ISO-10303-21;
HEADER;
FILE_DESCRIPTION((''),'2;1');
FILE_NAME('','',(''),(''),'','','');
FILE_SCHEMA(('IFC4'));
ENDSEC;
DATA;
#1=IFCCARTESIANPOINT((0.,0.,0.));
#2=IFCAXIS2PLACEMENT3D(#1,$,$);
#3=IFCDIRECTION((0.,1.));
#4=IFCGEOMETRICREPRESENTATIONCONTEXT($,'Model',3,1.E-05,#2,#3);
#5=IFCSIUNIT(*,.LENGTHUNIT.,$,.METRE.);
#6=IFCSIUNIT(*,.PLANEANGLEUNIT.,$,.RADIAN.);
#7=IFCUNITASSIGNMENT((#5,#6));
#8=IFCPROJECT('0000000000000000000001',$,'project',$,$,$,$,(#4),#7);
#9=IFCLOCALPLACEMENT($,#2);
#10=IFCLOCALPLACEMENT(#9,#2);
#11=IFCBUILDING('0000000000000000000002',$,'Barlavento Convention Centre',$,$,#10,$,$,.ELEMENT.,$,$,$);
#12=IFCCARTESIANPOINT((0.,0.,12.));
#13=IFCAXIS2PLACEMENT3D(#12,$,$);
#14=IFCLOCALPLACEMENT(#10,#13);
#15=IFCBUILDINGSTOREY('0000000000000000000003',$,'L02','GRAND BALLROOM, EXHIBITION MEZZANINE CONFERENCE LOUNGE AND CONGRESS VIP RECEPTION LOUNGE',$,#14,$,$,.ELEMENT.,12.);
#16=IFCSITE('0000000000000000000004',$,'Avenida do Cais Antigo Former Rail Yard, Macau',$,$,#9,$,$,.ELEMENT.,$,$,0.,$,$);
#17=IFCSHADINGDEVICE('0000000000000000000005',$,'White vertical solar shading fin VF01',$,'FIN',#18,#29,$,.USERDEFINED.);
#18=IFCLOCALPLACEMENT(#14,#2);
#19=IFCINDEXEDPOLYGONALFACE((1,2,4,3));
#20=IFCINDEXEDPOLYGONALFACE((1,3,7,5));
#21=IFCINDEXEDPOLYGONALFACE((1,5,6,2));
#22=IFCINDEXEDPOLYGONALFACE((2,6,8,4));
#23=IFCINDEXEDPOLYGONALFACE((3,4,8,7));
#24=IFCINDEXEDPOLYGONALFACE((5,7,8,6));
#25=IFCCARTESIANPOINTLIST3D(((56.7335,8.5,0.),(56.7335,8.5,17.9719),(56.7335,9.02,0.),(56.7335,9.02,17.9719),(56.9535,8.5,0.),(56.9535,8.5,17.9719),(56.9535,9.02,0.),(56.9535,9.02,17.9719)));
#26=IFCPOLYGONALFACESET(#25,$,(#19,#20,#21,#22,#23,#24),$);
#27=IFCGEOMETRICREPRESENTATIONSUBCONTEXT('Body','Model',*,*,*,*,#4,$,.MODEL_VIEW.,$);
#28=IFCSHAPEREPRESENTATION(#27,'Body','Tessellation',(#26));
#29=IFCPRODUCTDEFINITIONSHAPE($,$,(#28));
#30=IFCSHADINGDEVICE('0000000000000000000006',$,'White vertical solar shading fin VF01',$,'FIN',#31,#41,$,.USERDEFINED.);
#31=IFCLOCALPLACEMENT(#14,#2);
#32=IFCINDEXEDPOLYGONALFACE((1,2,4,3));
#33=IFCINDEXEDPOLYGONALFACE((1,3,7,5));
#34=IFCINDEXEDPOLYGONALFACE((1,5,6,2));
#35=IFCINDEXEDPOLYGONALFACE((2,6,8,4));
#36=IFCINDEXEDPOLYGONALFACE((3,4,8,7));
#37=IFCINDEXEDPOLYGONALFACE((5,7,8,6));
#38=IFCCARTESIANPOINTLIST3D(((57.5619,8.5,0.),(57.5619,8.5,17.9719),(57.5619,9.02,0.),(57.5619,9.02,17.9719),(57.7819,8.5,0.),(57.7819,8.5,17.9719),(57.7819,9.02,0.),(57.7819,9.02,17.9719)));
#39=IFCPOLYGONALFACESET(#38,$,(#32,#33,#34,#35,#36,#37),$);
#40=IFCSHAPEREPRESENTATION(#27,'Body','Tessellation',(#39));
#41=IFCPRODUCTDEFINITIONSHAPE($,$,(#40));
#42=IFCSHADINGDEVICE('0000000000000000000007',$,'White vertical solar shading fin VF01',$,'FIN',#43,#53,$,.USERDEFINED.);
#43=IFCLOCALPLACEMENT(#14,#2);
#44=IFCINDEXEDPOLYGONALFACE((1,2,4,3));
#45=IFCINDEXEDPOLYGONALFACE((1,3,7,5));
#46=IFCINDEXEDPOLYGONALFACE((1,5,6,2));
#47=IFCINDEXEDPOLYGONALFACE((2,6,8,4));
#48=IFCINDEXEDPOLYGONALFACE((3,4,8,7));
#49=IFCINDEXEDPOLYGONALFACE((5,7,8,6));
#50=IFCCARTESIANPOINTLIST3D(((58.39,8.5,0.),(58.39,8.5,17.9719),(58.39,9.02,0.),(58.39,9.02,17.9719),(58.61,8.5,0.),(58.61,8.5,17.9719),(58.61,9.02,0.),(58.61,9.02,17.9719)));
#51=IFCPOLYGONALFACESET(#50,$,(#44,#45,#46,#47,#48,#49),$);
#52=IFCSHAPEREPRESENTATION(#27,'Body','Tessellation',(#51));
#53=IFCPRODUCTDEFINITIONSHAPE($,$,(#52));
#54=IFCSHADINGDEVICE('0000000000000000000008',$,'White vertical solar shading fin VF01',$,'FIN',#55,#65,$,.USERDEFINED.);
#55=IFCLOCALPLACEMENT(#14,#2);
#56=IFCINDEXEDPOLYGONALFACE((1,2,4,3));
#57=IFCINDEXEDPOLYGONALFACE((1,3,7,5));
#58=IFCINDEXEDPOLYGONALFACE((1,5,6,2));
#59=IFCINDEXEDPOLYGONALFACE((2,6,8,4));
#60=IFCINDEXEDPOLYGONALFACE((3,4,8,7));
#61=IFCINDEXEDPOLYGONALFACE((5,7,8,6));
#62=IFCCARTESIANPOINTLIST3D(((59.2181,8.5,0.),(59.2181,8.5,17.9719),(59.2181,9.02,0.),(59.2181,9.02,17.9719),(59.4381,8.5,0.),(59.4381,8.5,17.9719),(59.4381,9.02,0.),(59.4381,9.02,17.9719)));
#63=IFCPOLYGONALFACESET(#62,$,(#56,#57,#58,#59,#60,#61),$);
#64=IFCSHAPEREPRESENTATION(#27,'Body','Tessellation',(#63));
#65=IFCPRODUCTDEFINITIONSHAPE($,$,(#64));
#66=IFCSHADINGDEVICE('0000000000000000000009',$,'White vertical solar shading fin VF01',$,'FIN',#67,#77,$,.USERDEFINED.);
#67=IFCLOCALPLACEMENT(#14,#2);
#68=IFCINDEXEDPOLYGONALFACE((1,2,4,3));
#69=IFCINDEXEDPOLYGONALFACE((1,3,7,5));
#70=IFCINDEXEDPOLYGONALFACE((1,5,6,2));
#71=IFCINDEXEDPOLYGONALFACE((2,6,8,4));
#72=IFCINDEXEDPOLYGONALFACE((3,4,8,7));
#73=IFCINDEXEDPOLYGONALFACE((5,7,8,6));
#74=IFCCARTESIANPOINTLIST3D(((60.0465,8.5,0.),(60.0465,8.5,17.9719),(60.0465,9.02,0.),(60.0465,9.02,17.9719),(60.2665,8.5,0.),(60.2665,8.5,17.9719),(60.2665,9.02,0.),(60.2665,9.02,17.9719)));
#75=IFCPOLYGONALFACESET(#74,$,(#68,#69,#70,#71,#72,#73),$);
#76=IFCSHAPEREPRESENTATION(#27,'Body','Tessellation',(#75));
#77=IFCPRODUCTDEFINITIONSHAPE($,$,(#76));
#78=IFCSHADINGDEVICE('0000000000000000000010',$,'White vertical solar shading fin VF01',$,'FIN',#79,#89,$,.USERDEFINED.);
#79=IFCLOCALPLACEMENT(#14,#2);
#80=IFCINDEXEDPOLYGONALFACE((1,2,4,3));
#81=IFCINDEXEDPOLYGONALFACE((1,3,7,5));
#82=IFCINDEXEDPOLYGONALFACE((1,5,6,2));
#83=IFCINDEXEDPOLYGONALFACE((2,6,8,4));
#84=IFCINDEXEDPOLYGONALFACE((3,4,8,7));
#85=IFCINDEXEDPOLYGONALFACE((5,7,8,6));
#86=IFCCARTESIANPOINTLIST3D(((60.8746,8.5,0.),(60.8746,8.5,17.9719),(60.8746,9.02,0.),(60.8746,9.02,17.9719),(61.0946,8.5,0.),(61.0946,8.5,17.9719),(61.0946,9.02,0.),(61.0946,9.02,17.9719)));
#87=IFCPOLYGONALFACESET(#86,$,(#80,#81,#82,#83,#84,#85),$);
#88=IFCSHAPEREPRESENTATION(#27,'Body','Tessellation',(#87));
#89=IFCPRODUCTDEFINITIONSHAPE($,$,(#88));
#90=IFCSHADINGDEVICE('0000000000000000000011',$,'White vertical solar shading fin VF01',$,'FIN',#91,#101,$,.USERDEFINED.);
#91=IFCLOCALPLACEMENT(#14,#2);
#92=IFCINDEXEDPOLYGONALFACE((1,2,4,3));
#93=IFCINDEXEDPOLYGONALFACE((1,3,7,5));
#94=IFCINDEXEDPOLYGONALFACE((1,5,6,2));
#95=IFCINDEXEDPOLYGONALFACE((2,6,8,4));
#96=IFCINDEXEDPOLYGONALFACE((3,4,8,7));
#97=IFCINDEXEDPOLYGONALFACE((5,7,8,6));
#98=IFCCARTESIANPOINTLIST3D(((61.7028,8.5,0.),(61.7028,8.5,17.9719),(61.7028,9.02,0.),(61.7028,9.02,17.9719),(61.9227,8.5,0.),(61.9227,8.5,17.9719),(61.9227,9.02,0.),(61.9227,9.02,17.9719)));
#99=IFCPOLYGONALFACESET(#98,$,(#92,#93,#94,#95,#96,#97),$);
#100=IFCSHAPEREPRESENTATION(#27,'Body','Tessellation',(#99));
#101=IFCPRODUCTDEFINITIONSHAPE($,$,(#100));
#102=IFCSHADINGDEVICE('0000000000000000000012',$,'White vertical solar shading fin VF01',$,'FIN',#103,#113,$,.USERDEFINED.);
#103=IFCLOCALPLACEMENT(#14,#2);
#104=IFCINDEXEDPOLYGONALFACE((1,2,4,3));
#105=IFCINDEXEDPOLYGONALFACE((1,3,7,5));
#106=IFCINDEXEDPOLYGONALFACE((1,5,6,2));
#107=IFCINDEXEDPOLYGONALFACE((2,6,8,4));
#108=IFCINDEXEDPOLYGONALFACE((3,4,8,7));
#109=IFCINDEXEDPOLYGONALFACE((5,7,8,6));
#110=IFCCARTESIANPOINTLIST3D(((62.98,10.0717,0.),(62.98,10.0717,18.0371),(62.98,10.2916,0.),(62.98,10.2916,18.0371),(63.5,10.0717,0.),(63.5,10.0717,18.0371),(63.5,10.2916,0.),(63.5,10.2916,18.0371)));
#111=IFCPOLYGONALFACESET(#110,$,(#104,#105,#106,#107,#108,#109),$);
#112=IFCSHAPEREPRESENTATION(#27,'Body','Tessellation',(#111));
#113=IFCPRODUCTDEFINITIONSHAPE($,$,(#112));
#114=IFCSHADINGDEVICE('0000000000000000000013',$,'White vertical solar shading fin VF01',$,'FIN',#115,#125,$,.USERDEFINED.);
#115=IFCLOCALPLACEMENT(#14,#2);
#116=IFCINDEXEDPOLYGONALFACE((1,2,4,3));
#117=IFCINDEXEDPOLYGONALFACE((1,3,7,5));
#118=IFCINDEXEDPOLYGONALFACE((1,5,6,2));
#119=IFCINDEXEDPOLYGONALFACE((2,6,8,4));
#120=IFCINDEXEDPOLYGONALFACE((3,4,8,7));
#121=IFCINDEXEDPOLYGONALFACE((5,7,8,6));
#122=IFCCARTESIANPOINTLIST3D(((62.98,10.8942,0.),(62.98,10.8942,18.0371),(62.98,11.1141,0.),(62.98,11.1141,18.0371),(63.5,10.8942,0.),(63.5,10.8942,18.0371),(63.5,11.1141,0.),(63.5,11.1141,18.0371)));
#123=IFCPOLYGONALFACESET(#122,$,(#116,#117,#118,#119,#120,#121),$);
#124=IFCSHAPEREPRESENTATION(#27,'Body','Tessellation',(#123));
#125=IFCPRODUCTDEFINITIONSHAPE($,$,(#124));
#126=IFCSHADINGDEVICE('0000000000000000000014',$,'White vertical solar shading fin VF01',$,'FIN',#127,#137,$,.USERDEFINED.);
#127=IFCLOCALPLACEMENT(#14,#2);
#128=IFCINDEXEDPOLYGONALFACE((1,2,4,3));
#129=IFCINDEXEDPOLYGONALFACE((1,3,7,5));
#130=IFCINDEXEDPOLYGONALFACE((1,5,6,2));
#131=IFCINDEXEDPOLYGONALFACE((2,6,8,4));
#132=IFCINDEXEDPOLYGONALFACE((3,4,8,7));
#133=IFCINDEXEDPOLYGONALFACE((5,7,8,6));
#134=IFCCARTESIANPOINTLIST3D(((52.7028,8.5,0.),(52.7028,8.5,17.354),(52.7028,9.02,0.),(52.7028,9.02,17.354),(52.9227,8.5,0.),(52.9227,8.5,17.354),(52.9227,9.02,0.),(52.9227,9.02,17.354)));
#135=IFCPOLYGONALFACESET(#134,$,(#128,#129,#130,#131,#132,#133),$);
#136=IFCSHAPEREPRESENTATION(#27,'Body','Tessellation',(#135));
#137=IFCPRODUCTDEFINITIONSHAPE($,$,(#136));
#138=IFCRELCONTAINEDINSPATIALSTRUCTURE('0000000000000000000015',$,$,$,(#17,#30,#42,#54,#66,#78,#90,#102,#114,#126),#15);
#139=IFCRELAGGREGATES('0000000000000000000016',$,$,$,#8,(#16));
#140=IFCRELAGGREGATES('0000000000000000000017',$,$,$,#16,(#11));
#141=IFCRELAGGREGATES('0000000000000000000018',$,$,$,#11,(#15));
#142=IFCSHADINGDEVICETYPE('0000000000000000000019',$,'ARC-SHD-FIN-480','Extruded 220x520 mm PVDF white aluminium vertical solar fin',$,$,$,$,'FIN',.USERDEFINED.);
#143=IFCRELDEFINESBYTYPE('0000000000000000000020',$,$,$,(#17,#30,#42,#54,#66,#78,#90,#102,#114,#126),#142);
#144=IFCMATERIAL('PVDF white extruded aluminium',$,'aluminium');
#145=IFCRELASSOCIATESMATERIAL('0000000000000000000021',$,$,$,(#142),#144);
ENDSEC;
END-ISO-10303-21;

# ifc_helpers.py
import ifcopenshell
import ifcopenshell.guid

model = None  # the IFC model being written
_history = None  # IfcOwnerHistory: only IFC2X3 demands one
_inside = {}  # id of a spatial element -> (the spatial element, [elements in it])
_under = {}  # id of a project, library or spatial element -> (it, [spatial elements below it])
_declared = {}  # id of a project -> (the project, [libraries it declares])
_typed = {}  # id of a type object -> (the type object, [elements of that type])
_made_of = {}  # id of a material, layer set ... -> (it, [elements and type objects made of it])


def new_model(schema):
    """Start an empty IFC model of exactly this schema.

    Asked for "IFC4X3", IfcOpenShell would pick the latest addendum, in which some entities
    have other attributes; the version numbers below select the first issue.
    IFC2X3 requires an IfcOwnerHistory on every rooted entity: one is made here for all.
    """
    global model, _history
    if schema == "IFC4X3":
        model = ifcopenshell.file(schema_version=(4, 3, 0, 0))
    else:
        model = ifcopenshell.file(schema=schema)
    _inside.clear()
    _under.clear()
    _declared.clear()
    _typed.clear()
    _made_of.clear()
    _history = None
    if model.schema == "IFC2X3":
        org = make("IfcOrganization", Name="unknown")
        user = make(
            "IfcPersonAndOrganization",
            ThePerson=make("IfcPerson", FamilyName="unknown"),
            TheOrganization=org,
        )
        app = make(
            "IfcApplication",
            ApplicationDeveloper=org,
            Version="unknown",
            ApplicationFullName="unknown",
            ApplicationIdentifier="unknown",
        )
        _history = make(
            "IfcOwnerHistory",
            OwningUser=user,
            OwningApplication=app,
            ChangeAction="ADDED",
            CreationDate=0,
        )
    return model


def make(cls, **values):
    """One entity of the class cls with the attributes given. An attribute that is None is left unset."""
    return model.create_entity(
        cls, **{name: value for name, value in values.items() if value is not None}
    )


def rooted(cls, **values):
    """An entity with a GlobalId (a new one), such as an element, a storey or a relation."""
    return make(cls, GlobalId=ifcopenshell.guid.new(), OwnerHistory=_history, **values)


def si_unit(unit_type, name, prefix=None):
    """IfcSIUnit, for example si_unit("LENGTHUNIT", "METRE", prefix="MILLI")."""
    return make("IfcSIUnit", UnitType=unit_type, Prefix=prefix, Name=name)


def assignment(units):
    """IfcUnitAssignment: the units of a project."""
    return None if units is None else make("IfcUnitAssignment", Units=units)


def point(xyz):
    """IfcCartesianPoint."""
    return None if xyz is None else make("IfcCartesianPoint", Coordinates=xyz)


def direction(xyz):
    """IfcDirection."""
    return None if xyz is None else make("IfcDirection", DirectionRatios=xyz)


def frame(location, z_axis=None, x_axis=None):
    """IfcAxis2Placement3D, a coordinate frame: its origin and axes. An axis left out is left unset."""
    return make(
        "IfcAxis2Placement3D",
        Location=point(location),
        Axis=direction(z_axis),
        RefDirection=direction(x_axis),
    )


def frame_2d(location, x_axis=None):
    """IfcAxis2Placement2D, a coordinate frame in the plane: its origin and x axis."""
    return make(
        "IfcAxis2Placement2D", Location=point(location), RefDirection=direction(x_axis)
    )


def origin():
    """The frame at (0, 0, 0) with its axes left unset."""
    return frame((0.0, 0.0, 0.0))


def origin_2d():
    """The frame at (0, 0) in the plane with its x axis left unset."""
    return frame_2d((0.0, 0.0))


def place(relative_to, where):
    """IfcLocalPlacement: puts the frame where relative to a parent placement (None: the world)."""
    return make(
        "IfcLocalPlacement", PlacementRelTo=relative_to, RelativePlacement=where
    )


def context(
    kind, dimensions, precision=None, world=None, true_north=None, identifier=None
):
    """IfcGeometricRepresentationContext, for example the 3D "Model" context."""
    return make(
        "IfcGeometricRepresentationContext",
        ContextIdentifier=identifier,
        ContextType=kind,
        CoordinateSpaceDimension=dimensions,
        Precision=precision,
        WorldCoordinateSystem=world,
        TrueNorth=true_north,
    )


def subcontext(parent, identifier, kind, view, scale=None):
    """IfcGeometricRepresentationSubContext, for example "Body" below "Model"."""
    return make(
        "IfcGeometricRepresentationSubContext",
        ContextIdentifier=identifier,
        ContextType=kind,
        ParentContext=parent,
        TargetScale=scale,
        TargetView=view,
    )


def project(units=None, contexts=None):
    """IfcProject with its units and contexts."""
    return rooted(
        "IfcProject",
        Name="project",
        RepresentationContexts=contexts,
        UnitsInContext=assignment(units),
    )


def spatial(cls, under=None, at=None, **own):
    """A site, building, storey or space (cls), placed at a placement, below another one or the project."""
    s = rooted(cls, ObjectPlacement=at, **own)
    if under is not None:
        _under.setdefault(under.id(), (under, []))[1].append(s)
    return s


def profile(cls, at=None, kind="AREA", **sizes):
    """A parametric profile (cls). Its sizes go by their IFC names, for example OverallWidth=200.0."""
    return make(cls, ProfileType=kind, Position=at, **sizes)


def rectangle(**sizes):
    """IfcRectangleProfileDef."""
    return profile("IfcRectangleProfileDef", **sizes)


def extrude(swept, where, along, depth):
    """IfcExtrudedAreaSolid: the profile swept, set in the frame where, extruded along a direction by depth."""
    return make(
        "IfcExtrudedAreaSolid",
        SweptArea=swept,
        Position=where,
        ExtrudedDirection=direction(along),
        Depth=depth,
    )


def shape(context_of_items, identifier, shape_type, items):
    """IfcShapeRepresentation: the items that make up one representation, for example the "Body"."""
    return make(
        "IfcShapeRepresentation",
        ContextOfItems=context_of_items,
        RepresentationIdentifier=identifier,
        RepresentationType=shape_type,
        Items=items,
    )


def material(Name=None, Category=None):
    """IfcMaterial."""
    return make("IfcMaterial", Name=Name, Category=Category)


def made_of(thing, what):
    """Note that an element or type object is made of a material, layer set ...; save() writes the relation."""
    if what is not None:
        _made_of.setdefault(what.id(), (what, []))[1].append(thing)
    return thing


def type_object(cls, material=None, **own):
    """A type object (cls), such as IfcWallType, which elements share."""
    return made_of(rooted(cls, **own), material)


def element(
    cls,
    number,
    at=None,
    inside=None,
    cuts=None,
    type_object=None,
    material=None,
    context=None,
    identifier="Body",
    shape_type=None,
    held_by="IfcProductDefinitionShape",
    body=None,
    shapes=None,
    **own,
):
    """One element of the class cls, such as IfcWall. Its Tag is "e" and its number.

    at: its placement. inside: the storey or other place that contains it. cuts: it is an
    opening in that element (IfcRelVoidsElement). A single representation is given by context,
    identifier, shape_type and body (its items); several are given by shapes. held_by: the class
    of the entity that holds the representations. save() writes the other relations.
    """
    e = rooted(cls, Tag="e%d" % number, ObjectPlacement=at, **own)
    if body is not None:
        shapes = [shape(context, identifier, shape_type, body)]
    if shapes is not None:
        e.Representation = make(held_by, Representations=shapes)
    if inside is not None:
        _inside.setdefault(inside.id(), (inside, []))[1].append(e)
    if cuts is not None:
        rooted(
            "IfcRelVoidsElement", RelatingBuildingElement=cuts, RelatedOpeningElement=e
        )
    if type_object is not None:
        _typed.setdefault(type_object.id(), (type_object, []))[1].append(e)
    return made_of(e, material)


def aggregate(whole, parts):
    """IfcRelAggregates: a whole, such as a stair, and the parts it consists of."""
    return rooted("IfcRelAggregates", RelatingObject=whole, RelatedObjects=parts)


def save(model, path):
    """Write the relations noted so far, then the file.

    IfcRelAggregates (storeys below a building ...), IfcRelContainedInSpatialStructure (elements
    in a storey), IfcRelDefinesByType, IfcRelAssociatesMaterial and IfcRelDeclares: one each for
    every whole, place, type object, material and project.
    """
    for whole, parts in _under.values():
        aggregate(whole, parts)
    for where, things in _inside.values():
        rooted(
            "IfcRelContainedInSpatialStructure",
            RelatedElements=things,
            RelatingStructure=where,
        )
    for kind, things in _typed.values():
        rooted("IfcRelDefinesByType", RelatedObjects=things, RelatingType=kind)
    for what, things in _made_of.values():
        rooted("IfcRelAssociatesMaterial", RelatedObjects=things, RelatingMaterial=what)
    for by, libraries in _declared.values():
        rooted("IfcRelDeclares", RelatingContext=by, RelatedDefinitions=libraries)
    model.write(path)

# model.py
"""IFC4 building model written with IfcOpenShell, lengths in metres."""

from ifc_helpers import new_model, si_unit, direction, frame, origin, origin_2d, place, context, subcontext, project, spatial, rectangle, extrude, material, type_object, element, save


model = new_model("IFC4")

# Units and contexts
model_context = context("Model", 3, precision=1e-05, world=origin(), true_north=direction((0.0, 1.0)))
body_context = subcontext(model_context, "Body", "Model", "MODEL_VIEW")
ifc_project = project(units=[si_unit("LENGTHUNIT", "METRE"), si_unit("PLANEANGLEUNIT", "RADIAN")], contexts=[model_context])

# Site, building, storey
site_placement = place(None, origin())
site = spatial("IfcSite", under=ifc_project, at=site_placement, Name="Avenida do Cais Antigo Former Rail Yard, Macau", CompositionType="ELEMENT", RefElevation=0.0)
building_placement = place(site_placement, origin())
building = spatial("IfcBuilding", under=site, at=building_placement, Name="Barlavento Convention Centre", CompositionType="ELEMENT")
storey_placement = place(building_placement, frame((0.0, 0.0, 12.0)))
storey = spatial("IfcBuildingStorey", under=building, at=storey_placement, Name="L02", Description="GRAND BALLROOM, EXHIBITION MEZZANINE CONFERENCE LOUNGE AND CONGRESS VIP RECEPTION LOUNGE", CompositionType="ELEMENT", Elevation=12.0)

# Shading devices
ifc_material_1 = material(Name="PVDF white extruded aluminium", Category="aluminium")
shading_device_type = type_object("IfcShadingDeviceType", Name="ARC-SHD-FIN-480", Description="Extruded 220x520 mm PVDF white aluminium vertical solar fin", ElementType="FIN", PredefinedType="USERDEFINED", material=ifc_material_1)
for number, where, z_axis, x_axis, name in (
    (1, (56.8435, 8.76, 0.0), (0.0, 0.0, 1.0), (1.0, 0.0, 0.0), "White vertical solar shading fin VF01"),
    (2, (57.6719, 8.76, 0.0), (0.0, 0.0, 1.0), (1.0, 0.0, 0.0), "White vertical solar shading fin VF01"),
    (3, (58.5, 8.76, 0.0), (0.0, 0.0, 1.0), (1.0, 0.0, 0.0), "White vertical solar shading fin VF01"),
    (4, (59.3281, 8.76, 0.0), (0.0, 0.0, 1.0), (1.0, 0.0, 0.0), "White vertical solar shading fin VF01"),
    (5, (60.1565, 8.76, 0.0), (0.0, 0.0, 1.0), (1.0, 0.0, 0.0), "White vertical solar shading fin VF01"),
    (6, (60.9846, 8.76, 0.0), (0.0, 0.0, 1.0), (1.0, 0.0, 0.0), "White vertical solar shading fin VF01"),
    (7, (61.8127, 8.76, 0.0), (0.0, 0.0, 1.0), (1.0, 0.0, 0.0), "White vertical solar shading fin VF01"),
):
    element("IfcShadingDevice", number, at=place(storey_placement, frame(where, z_axis=z_axis, x_axis=x_axis)), inside=storey, type_object=shading_device_type, Name=name, ObjectType="FIN", PredefinedType="USERDEFINED", context=body_context, shape_type="SweptSolid", body=[
        extrude(rectangle(XDim=0.22, YDim=0.52, at=origin_2d()), origin(), (0.0, 0.0, 1.0), 17.9719),
    ])
for number, where, z_axis, x_axis, name in (
    (8, (63.24, 10.1816, 0.0), (0.0, 0.0, 1.0), (0.0, 1.0, 0.0), "White vertical solar shading fin VF01"),
    (9, (63.24, 11.0042, 0.0), (0.0, 0.0, 1.0), (0.0, 1.0, 0.0), "White vertical solar shading fin VF01"),
):
    element("IfcShadingDevice", number, at=place(storey_placement, frame(where, z_axis=z_axis, x_axis=x_axis)), inside=storey, type_object=shading_device_type, Name=name, ObjectType="FIN", PredefinedType="USERDEFINED", context=body_context, shape_type="SweptSolid", body=[
        extrude(rectangle(XDim=0.22, YDim=0.52, at=origin_2d()), origin(), (0.0, 0.0, 1.0), 18.0371),
    ])
shading_device_placement = place(storey_placement, frame((52.8127, 8.76, 0.0), z_axis=(0.0, 0.0, 1.0), x_axis=(1.0, 0.0, 0.0)))
element("IfcShadingDevice", 10, at=shading_device_placement, inside=storey, type_object=shading_device_type, Name="White vertical solar shading fin VF01", ObjectType="FIN", PredefinedType="USERDEFINED", context=body_context, shape_type="SweptSolid", body=[
    extrude(rectangle(XDim=0.22, YDim=0.52, at=origin_2d()), origin(), (0.0, 0.0, 1.0), 17.354),
])

save(model, "model.ifc")
